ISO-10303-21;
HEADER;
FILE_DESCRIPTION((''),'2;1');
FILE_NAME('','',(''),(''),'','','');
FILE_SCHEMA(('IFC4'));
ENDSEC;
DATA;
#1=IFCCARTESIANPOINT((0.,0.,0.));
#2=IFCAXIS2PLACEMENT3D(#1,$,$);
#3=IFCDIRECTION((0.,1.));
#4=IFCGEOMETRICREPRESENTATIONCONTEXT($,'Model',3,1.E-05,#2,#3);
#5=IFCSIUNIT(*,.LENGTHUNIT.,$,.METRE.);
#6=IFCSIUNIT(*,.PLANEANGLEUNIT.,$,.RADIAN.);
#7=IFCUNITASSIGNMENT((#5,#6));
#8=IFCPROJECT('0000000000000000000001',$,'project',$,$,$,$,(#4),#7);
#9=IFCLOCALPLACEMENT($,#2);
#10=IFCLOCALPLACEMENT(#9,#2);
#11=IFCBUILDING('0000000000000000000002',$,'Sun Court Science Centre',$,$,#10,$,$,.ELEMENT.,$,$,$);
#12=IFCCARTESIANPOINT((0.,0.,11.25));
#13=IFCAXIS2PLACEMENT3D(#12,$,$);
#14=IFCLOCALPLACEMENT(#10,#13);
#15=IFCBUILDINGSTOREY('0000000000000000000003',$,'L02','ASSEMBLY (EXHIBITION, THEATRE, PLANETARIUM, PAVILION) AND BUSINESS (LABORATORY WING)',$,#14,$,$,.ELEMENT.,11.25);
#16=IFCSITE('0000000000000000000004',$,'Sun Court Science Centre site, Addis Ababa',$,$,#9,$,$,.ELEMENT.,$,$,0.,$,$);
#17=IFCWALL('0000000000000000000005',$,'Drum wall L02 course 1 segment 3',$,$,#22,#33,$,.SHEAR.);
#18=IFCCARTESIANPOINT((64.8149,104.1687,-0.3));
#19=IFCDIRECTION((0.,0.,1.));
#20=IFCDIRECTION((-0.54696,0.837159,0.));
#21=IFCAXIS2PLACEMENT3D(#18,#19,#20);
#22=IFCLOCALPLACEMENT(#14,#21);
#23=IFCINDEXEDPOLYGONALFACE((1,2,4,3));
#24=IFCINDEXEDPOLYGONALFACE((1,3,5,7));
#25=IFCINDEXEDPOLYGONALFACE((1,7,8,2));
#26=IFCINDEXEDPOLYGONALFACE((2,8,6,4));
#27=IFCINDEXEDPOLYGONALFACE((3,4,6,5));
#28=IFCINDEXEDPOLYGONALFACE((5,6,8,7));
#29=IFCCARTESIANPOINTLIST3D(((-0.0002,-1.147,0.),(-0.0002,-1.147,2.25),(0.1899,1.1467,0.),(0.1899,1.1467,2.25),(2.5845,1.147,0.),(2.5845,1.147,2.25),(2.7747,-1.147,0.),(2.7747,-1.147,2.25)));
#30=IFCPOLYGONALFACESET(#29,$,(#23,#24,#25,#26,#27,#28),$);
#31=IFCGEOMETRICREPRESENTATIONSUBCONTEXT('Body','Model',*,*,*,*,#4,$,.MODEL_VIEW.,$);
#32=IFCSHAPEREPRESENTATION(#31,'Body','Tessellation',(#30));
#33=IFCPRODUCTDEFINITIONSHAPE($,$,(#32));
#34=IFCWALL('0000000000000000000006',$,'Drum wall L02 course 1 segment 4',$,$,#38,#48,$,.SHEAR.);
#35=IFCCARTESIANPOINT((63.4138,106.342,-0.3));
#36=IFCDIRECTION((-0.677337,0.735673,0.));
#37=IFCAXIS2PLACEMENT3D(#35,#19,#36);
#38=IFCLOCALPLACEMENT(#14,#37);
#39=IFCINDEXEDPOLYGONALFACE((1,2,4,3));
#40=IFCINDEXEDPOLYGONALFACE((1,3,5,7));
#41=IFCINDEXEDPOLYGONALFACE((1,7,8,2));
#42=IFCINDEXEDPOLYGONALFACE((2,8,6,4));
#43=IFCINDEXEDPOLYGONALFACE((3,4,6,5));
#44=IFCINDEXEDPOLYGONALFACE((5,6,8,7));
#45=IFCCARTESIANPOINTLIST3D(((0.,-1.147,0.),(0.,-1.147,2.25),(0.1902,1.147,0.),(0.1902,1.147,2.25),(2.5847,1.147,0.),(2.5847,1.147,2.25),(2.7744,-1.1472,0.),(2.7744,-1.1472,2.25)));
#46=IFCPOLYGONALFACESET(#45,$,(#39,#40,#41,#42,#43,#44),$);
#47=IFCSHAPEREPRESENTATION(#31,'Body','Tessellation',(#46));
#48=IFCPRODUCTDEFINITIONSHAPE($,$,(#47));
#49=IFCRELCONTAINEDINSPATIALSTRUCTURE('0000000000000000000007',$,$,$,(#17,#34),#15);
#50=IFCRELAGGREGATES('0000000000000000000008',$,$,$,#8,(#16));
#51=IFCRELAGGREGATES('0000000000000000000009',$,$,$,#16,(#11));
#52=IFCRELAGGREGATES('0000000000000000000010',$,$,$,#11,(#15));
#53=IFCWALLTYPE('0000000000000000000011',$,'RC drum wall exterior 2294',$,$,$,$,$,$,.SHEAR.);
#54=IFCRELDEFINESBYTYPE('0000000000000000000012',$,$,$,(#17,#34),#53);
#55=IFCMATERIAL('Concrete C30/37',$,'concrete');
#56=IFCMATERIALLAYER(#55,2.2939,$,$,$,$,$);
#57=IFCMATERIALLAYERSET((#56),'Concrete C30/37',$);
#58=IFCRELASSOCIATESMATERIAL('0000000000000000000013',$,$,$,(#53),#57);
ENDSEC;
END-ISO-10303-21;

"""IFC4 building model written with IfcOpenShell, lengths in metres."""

from ifc_helpers import new_model, si_unit, direction, frame, origin, place, context, subcontext, project, spatial, polyline, outline, extrude, material, layer, layer_set, type_object, element, save


model = new_model("IFC4")

# Units and contexts
model_context = context("Model", 3, precision=1e-05, world=origin(), true_north=direction((0.0, 1.0)))
body_context = subcontext(model_context, "Body", "Model", "MODEL_VIEW")
ifc_project = project(units=[si_unit("LENGTHUNIT", "METRE"), si_unit("PLANEANGLEUNIT", "RADIAN")], contexts=[model_context])

# Site, building, storey
site_placement = place(None, origin())
site = spatial("IfcSite", under=ifc_project, at=site_placement, Name="Sun Court Science Centre site, Addis Ababa", CompositionType="ELEMENT", RefElevation=0.0)
building_placement = place(site_placement, origin())
building = spatial("IfcBuilding", under=site, at=building_placement, Name="Sun Court Science Centre", CompositionType="ELEMENT")
storey_placement = place(building_placement, frame((0.0, 0.0, 11.25)))
storey = spatial("IfcBuildingStorey", under=building, at=storey_placement, Name="L02", Description="ASSEMBLY (EXHIBITION, THEATRE, PLANETARIUM, PAVILION) AND BUSINESS (LABORATORY WING)", CompositionType="ELEMENT", Elevation=11.25)

# Walls
ifc_material_1 = material(Name="Concrete C30/37", Category="concrete")
ifc_layer_1 = layer(ifc_material_1, 2.2939)
ifc_layer_set_1 = layer_set([ifc_layer_1], Name="Concrete C30/37")
wall_type_1 = type_object("IfcWallType", Name="RC drum wall exterior 2294", PredefinedType="SHEAR", material=ifc_layer_set_1)
wall_1_placement = place(storey_placement, frame((64.8149, 104.1687, -0.3), z_axis=(0.0, 0.0, 1.0), x_axis=(-0.54696, 0.837159, 0.0)))
element("IfcWall", 1, at=wall_1_placement, inside=storey, type_object=wall_type_1, Name="Drum wall L02 course 1 segment 3", PredefinedType="SHEAR", context=body_context, shape_type="SweptSolid", body=[
    extrude(outline(polyline([(-0.0002, -1.147), (2.7747, -1.147), (2.5845, 1.147), (0.1899, 1.1467), (-0.0002, -1.147)])), origin(), (0.0, 0.0, 1.0), 2.25),
])
wall_2_placement = place(storey_placement, frame((63.4138, 106.342, -0.3), z_axis=(0.0, 0.0, 1.0), x_axis=(-0.677337, 0.735673, 0.0)))
element("IfcWall", 2, at=wall_2_placement, inside=storey, type_object=wall_type_1, Name="Drum wall L02 course 1 segment 4", PredefinedType="SHEAR", context=body_context, shape_type="SweptSolid", body=[
    extrude(outline(polyline([(0.0, -1.147), (2.7744, -1.1472), (2.5847, 1.147), (0.1902, 1.147), (0.0, -1.147)])), origin(), (0.0, 0.0, 1.0), 2.25),
])

save(model, "model.ifc")
